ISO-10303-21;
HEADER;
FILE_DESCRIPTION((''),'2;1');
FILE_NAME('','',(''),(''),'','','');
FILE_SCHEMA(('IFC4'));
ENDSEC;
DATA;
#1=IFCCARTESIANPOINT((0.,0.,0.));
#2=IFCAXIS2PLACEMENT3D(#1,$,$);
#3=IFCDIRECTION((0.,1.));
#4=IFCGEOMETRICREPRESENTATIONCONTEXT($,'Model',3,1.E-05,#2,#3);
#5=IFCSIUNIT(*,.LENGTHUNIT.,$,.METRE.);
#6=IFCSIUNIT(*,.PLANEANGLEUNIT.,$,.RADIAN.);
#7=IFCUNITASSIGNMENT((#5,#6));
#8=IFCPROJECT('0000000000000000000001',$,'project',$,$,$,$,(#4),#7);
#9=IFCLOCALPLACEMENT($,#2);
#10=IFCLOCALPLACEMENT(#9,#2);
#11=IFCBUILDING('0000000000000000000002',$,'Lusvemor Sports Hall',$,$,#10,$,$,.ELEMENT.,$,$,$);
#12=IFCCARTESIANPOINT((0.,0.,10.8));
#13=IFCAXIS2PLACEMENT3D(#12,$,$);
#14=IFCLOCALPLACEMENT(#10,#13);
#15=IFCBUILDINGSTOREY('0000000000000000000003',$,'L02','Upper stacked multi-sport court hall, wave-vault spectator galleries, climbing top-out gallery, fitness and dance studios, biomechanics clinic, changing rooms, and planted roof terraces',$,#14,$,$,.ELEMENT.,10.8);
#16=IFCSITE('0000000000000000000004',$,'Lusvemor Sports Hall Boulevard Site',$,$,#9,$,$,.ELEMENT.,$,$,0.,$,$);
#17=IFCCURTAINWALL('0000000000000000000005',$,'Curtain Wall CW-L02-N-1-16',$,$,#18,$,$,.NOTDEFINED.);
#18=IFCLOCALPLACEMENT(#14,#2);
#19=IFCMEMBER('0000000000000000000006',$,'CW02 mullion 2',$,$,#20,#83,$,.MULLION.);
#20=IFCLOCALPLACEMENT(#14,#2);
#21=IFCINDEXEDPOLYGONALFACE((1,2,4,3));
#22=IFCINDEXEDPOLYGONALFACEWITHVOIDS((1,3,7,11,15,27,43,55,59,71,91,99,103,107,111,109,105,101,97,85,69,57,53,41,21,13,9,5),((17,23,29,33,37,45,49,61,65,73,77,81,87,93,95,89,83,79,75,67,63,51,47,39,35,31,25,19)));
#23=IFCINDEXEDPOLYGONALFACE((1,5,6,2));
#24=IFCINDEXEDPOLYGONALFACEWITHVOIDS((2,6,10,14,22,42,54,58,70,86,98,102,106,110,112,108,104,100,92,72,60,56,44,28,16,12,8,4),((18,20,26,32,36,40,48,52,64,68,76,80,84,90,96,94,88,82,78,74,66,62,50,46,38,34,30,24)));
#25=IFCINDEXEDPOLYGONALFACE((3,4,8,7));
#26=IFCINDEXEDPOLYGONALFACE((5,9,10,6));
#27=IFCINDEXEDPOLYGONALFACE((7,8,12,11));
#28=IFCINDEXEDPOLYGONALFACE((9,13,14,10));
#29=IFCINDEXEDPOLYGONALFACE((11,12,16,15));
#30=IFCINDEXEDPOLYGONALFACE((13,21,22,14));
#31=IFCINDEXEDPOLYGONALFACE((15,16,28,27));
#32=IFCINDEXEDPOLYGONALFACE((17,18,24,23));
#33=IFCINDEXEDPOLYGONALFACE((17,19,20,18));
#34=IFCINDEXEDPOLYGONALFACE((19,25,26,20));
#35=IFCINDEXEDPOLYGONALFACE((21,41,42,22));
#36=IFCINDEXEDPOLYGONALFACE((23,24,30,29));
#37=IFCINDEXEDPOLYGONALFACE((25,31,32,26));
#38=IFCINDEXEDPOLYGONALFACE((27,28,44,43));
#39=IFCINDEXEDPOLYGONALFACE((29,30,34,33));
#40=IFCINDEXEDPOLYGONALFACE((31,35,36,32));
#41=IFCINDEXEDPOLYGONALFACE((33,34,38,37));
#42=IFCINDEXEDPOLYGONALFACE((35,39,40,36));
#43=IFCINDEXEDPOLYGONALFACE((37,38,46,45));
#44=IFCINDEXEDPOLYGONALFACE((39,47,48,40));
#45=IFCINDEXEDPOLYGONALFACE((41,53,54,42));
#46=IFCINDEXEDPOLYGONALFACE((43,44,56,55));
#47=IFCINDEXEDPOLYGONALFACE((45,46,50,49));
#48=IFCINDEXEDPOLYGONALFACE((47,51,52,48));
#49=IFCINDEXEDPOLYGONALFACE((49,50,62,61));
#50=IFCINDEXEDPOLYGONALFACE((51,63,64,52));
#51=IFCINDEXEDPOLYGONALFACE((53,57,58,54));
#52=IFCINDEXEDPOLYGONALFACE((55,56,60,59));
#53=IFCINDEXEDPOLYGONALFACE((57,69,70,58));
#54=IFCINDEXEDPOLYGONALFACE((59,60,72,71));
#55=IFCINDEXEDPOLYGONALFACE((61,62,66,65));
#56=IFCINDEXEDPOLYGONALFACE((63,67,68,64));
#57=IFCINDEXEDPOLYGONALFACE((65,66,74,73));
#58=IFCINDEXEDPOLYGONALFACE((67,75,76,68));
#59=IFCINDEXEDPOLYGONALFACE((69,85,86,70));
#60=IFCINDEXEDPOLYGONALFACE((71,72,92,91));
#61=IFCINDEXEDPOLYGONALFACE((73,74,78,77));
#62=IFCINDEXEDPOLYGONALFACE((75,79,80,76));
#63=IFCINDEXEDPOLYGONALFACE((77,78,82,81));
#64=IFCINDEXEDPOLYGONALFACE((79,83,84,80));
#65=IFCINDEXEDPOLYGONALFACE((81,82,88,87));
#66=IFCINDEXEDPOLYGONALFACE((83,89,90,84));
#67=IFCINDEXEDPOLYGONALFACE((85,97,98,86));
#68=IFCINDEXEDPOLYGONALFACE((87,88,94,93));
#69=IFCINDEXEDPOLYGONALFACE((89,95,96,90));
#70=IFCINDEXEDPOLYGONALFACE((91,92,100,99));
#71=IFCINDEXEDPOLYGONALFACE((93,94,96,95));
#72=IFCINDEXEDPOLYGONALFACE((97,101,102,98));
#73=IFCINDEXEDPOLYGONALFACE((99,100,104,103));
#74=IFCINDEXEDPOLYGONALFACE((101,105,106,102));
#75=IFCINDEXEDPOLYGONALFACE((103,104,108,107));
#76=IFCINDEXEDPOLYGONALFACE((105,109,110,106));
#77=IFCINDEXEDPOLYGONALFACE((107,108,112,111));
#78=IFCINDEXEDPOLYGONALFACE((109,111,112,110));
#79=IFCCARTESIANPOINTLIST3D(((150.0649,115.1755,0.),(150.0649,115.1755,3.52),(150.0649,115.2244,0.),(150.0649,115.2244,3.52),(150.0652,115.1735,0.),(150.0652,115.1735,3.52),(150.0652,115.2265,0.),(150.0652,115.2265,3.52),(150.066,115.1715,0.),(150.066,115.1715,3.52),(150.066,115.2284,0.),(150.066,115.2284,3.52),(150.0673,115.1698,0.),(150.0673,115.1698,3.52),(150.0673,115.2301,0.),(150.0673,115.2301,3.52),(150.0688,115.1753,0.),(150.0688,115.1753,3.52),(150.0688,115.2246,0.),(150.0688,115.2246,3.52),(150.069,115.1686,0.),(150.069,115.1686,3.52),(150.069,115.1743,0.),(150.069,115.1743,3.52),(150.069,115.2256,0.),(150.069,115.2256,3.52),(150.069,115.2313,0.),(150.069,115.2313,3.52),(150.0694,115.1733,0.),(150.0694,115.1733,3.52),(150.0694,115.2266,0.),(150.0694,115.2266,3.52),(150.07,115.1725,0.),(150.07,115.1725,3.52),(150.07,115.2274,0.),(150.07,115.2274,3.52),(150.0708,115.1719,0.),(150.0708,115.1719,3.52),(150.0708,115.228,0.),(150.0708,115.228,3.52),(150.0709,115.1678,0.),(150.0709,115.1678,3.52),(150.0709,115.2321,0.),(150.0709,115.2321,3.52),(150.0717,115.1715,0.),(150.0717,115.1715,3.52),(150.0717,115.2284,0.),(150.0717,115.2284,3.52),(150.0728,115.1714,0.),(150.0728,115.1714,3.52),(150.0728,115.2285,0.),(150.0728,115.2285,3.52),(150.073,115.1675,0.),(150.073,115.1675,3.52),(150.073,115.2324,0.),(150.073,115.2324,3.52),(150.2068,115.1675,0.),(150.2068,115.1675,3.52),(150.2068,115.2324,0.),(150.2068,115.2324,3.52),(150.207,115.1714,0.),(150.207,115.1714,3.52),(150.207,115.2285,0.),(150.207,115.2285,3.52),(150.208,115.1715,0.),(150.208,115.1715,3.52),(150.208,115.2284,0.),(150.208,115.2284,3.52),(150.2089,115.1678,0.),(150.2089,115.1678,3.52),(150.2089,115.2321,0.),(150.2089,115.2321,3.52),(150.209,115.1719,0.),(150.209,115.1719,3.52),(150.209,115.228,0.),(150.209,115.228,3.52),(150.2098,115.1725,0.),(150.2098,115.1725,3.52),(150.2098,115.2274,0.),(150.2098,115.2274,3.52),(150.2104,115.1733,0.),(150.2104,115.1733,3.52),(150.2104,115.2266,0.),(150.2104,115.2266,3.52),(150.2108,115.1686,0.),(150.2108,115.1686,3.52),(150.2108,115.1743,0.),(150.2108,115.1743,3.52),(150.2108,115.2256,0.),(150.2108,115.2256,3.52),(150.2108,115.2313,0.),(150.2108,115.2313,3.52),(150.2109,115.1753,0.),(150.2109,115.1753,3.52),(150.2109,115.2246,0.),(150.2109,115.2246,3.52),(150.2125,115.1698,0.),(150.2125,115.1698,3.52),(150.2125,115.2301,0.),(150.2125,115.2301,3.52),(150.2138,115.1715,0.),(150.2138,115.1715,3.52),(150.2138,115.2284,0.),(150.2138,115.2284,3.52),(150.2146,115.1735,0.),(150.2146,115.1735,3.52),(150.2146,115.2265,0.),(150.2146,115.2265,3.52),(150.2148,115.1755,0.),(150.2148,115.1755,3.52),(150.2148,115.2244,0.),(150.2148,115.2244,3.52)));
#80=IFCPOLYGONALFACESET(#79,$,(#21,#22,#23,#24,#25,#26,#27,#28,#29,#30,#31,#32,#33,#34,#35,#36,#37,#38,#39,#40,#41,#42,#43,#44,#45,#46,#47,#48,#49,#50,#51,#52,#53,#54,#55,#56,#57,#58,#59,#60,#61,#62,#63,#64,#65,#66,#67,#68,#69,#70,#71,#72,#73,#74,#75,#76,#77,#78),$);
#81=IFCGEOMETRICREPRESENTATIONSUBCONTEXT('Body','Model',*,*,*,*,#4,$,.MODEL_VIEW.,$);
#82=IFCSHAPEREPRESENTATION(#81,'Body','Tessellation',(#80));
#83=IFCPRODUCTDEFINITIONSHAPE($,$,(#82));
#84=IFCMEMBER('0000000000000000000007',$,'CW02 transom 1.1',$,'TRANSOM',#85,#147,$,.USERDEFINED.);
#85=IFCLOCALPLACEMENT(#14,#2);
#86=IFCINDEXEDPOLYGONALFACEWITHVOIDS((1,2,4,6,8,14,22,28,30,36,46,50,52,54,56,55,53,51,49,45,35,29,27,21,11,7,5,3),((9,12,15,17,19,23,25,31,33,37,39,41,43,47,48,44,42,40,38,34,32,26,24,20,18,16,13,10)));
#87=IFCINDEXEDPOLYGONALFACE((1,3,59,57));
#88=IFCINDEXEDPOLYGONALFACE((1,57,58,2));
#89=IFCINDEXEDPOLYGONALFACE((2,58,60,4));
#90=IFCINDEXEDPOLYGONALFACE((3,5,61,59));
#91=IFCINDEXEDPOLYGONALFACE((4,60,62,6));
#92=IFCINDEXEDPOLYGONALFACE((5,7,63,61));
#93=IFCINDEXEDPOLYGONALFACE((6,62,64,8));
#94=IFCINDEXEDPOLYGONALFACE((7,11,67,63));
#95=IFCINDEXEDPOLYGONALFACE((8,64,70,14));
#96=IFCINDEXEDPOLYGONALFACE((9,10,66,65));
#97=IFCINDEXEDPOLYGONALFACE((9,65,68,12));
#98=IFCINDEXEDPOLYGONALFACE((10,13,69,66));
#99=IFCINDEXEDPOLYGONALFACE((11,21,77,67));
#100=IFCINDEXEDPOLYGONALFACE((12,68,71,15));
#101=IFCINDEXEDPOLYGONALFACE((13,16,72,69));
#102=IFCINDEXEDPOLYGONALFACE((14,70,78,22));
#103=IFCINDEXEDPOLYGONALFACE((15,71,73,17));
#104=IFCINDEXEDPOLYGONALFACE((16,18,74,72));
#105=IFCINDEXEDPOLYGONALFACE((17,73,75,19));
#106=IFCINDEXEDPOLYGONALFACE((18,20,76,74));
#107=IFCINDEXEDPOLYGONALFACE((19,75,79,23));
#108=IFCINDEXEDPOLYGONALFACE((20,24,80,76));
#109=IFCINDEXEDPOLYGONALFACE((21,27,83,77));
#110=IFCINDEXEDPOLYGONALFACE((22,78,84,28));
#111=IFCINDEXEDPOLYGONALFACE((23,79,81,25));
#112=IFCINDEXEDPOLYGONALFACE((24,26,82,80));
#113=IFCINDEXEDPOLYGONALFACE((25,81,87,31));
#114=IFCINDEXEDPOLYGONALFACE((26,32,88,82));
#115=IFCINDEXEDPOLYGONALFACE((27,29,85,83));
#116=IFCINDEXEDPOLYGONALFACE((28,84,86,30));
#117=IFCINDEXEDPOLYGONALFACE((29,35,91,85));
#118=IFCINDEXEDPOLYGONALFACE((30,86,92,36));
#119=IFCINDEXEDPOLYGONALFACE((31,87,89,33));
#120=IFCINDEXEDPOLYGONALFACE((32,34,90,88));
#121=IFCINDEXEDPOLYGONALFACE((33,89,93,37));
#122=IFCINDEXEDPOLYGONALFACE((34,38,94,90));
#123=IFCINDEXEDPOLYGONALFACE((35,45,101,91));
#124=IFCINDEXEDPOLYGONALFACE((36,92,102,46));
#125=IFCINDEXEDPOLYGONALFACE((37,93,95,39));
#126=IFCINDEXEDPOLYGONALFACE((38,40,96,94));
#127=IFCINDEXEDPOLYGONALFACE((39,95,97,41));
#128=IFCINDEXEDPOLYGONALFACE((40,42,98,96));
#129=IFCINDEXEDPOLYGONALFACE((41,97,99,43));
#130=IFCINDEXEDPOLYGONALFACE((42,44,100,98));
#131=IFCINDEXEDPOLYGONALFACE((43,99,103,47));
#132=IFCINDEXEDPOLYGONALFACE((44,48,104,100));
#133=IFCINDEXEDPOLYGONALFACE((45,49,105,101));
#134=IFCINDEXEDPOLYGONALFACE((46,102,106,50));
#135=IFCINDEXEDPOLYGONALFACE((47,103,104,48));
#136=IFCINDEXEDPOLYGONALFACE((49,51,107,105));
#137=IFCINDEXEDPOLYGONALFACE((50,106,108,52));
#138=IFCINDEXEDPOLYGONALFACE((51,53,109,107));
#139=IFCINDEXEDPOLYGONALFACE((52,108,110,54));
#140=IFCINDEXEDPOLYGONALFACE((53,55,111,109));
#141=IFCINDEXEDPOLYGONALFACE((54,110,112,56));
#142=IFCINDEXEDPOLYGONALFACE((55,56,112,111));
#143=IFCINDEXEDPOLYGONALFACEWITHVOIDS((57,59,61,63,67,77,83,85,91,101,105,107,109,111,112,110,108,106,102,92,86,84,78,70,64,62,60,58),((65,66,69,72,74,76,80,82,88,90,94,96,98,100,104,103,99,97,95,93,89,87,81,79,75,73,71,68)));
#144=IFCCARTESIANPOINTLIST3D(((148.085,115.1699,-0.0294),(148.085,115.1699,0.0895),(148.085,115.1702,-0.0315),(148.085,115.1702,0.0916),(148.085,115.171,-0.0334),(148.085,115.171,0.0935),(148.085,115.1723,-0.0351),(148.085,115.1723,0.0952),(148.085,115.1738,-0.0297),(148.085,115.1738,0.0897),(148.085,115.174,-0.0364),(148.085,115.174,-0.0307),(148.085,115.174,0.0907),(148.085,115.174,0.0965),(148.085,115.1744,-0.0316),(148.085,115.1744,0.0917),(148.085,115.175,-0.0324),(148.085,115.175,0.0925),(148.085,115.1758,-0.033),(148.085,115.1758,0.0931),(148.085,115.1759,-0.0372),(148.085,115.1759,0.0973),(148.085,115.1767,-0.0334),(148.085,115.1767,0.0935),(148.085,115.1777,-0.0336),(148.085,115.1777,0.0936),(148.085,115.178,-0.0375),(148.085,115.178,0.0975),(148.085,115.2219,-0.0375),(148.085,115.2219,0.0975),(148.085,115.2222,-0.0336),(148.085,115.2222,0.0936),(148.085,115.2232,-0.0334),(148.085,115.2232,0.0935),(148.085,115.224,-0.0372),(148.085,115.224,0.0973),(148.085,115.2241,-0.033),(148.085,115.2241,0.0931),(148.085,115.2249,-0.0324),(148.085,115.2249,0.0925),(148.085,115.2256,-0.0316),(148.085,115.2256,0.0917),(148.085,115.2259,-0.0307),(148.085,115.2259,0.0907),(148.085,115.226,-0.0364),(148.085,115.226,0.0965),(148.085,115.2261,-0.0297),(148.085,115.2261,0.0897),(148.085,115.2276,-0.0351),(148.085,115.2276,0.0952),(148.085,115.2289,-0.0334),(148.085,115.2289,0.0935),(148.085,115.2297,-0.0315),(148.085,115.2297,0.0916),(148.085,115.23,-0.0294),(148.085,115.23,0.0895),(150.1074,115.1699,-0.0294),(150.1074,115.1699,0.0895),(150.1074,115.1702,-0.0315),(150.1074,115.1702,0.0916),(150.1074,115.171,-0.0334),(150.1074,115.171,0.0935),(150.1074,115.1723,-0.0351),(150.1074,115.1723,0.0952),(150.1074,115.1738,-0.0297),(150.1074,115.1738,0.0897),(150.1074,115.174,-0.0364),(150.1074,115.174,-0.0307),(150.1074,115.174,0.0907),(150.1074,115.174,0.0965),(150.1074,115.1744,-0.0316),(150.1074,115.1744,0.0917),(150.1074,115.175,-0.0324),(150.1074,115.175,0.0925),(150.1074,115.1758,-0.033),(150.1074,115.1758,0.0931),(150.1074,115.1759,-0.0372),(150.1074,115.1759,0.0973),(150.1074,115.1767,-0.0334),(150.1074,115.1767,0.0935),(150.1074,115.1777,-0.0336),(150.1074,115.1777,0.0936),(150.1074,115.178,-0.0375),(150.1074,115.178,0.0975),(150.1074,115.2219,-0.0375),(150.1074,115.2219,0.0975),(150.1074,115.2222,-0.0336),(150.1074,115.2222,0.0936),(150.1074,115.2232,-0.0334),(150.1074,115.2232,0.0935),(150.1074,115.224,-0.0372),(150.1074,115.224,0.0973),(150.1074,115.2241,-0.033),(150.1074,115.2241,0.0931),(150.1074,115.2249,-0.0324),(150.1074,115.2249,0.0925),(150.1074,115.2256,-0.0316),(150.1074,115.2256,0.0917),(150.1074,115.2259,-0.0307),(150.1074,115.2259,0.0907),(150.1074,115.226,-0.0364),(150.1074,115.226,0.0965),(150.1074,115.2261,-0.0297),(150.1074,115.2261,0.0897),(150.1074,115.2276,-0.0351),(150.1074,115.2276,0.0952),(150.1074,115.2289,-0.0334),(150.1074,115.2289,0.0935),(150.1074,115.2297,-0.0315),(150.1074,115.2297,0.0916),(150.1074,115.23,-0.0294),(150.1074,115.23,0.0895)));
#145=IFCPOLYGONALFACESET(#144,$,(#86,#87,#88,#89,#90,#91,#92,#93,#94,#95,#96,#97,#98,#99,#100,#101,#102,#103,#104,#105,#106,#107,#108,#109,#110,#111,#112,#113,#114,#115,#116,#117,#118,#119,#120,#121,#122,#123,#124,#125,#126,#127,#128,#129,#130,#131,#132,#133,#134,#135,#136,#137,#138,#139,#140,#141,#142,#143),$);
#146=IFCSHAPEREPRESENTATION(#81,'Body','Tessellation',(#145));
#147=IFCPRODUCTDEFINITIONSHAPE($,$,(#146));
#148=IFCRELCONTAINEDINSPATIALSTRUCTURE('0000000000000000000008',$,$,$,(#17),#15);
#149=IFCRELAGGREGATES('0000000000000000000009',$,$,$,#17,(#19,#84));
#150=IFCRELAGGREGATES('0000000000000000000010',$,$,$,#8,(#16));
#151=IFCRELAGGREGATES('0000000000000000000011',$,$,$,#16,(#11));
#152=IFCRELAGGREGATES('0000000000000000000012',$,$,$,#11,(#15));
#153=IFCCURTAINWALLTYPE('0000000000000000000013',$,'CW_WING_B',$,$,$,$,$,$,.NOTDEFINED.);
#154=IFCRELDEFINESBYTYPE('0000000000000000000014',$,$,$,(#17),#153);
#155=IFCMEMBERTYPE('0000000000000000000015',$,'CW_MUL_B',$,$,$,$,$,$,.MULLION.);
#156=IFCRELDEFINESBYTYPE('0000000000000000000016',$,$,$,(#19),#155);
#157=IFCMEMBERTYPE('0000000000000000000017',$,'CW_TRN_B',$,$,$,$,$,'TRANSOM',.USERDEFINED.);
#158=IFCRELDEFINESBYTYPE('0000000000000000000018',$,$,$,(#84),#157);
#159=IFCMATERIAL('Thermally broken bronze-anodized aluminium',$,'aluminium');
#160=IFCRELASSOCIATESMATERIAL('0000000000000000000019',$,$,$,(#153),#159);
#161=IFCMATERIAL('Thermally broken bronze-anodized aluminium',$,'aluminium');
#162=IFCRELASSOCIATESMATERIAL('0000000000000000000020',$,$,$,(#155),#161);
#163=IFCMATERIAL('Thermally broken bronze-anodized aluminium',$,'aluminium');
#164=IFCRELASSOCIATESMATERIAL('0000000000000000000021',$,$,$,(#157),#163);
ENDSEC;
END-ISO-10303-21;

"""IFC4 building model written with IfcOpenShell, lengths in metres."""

from ifc_helpers import new_model, si_unit, direction, frame, origin, origin_2d, place, context, subcontext, project, spatial, hollow_rectangle, extrude, material, material_profile, profile_set, type_object, element, aggregate, save


model = new_model("IFC4")

# Units and contexts
model_context = context("Model", 3, precision=1e-05, world=origin(), true_north=direction((0.0, 1.0)))
body_context = subcontext(model_context, "Body", "Model", "MODEL_VIEW")
ifc_project = project(units=[si_unit("LENGTHUNIT", "METRE"), si_unit("PLANEANGLEUNIT", "RADIAN")], contexts=[model_context])

# Site, building, storey
site_placement = place(None, origin())
site = spatial("IfcSite", under=ifc_project, at=site_placement, Name="Lusvemor Sports Hall Boulevard Site", CompositionType="ELEMENT", RefElevation=0.0)
building_placement = place(site_placement, origin())
building = spatial("IfcBuilding", under=site, at=building_placement, Name="Lusvemor Sports Hall", CompositionType="ELEMENT")
storey_placement = place(building_placement, frame((0.0, 0.0, 10.8)))
storey = spatial("IfcBuildingStorey", under=building, at=storey_placement, Name="L02", Description="Upper stacked multi-sport court hall, wave-vault spectator galleries, climbing top-out gallery, fitness and dance studios, biomechanics clinic, changing rooms, and planted roof terraces", CompositionType="ELEMENT", Elevation=10.8)

# Curtain wall, members
ifc_material_1 = material(Name="Thermally broken bronze-anodized aluminium", Category="aluminium")
curtain_wall_type = type_object("IfcCurtainWallType", Name="CW_WING_B", PredefinedType="NOTDEFINED", material=ifc_material_1)
curtain_wall_placement = place(storey_placement, origin())
curtain_wall = element("IfcCurtainWall", 1, at=curtain_wall_placement, inside=storey, type_object=curtain_wall_type, Name="Curtain Wall CW-L02-N-1-16", PredefinedType="NOTDEFINED")
ifc_material_2 = material(Name="Thermally broken bronze-anodized aluminium", Category="aluminium")
ifc_material_profile_1 = material_profile(ifc_material_2, hollow_rectangle(XDim=0.0649, YDim=0.1499, WallThickness=0.0039, InnerFilletRadius=0.0039, OuterFilletRadius=0.0081, at=origin_2d()), Name="CWMUL150x65x4")
ifc_profile_set_1 = profile_set([ifc_material_profile_1], Name="Thermally broken bronze-anodized aluminium")
member_type_1 = type_object("IfcMemberType", Name="CW_MUL_B", PredefinedType="MULLION", material=ifc_profile_set_1)
member_1_placement = place(storey_placement, frame((150.1399, 115.2, 0.0), z_axis=(0.0, 0.0, 1.0), x_axis=(0.0, 1.0, 0.0)))
member_1 = element("IfcMember", 2, at=member_1_placement, type_object=member_type_1, Name="CW02 mullion 2", PredefinedType="MULLION", context=body_context, shape_type="SweptSolid", body=[
    extrude(hollow_rectangle(XDim=0.0649, YDim=0.1499, WallThickness=0.0039, InnerFilletRadius=0.0039, OuterFilletRadius=0.0081, at=origin_2d()), origin(), (0.0, 0.0, 1.0), 3.52),
])
ifc_material_3 = material(Name="Thermally broken bronze-anodized aluminium", Category="aluminium")
ifc_material_profile_2 = material_profile(ifc_material_3, hollow_rectangle(XDim=0.0601, YDim=0.135, WallThickness=0.0039, InnerFilletRadius=0.0039, OuterFilletRadius=0.0081, at=origin_2d()), Name="CWTRN135x60x4")
ifc_profile_set_2 = profile_set([ifc_material_profile_2], Name="Thermally broken bronze-anodized aluminium")
member_type_2 = type_object("IfcMemberType", Name="CW_TRN_B", ElementType="TRANSOM", PredefinedType="USERDEFINED", material=ifc_profile_set_2)
member_2_placement = place(storey_placement, frame((148.085, 115.2, 0.03), z_axis=(1.0, 0.0, 0.0), x_axis=(0.0, 1.0, 0.0)))
member_2 = element("IfcMember", 3, at=member_2_placement, type_object=member_type_2, Name="CW02 transom 1.1", ObjectType="TRANSOM", PredefinedType="USERDEFINED", context=body_context, shape_type="SweptSolid", body=[
    extrude(hollow_rectangle(XDim=0.0601, YDim=0.135, WallThickness=0.0039, InnerFilletRadius=0.0039, OuterFilletRadius=0.0081, at=origin_2d()), origin(), (0.0, 0.0, 1.0), 2.0225),
])

aggregate(curtain_wall, [member_1, member_2])

save(model, "model.ifc")
